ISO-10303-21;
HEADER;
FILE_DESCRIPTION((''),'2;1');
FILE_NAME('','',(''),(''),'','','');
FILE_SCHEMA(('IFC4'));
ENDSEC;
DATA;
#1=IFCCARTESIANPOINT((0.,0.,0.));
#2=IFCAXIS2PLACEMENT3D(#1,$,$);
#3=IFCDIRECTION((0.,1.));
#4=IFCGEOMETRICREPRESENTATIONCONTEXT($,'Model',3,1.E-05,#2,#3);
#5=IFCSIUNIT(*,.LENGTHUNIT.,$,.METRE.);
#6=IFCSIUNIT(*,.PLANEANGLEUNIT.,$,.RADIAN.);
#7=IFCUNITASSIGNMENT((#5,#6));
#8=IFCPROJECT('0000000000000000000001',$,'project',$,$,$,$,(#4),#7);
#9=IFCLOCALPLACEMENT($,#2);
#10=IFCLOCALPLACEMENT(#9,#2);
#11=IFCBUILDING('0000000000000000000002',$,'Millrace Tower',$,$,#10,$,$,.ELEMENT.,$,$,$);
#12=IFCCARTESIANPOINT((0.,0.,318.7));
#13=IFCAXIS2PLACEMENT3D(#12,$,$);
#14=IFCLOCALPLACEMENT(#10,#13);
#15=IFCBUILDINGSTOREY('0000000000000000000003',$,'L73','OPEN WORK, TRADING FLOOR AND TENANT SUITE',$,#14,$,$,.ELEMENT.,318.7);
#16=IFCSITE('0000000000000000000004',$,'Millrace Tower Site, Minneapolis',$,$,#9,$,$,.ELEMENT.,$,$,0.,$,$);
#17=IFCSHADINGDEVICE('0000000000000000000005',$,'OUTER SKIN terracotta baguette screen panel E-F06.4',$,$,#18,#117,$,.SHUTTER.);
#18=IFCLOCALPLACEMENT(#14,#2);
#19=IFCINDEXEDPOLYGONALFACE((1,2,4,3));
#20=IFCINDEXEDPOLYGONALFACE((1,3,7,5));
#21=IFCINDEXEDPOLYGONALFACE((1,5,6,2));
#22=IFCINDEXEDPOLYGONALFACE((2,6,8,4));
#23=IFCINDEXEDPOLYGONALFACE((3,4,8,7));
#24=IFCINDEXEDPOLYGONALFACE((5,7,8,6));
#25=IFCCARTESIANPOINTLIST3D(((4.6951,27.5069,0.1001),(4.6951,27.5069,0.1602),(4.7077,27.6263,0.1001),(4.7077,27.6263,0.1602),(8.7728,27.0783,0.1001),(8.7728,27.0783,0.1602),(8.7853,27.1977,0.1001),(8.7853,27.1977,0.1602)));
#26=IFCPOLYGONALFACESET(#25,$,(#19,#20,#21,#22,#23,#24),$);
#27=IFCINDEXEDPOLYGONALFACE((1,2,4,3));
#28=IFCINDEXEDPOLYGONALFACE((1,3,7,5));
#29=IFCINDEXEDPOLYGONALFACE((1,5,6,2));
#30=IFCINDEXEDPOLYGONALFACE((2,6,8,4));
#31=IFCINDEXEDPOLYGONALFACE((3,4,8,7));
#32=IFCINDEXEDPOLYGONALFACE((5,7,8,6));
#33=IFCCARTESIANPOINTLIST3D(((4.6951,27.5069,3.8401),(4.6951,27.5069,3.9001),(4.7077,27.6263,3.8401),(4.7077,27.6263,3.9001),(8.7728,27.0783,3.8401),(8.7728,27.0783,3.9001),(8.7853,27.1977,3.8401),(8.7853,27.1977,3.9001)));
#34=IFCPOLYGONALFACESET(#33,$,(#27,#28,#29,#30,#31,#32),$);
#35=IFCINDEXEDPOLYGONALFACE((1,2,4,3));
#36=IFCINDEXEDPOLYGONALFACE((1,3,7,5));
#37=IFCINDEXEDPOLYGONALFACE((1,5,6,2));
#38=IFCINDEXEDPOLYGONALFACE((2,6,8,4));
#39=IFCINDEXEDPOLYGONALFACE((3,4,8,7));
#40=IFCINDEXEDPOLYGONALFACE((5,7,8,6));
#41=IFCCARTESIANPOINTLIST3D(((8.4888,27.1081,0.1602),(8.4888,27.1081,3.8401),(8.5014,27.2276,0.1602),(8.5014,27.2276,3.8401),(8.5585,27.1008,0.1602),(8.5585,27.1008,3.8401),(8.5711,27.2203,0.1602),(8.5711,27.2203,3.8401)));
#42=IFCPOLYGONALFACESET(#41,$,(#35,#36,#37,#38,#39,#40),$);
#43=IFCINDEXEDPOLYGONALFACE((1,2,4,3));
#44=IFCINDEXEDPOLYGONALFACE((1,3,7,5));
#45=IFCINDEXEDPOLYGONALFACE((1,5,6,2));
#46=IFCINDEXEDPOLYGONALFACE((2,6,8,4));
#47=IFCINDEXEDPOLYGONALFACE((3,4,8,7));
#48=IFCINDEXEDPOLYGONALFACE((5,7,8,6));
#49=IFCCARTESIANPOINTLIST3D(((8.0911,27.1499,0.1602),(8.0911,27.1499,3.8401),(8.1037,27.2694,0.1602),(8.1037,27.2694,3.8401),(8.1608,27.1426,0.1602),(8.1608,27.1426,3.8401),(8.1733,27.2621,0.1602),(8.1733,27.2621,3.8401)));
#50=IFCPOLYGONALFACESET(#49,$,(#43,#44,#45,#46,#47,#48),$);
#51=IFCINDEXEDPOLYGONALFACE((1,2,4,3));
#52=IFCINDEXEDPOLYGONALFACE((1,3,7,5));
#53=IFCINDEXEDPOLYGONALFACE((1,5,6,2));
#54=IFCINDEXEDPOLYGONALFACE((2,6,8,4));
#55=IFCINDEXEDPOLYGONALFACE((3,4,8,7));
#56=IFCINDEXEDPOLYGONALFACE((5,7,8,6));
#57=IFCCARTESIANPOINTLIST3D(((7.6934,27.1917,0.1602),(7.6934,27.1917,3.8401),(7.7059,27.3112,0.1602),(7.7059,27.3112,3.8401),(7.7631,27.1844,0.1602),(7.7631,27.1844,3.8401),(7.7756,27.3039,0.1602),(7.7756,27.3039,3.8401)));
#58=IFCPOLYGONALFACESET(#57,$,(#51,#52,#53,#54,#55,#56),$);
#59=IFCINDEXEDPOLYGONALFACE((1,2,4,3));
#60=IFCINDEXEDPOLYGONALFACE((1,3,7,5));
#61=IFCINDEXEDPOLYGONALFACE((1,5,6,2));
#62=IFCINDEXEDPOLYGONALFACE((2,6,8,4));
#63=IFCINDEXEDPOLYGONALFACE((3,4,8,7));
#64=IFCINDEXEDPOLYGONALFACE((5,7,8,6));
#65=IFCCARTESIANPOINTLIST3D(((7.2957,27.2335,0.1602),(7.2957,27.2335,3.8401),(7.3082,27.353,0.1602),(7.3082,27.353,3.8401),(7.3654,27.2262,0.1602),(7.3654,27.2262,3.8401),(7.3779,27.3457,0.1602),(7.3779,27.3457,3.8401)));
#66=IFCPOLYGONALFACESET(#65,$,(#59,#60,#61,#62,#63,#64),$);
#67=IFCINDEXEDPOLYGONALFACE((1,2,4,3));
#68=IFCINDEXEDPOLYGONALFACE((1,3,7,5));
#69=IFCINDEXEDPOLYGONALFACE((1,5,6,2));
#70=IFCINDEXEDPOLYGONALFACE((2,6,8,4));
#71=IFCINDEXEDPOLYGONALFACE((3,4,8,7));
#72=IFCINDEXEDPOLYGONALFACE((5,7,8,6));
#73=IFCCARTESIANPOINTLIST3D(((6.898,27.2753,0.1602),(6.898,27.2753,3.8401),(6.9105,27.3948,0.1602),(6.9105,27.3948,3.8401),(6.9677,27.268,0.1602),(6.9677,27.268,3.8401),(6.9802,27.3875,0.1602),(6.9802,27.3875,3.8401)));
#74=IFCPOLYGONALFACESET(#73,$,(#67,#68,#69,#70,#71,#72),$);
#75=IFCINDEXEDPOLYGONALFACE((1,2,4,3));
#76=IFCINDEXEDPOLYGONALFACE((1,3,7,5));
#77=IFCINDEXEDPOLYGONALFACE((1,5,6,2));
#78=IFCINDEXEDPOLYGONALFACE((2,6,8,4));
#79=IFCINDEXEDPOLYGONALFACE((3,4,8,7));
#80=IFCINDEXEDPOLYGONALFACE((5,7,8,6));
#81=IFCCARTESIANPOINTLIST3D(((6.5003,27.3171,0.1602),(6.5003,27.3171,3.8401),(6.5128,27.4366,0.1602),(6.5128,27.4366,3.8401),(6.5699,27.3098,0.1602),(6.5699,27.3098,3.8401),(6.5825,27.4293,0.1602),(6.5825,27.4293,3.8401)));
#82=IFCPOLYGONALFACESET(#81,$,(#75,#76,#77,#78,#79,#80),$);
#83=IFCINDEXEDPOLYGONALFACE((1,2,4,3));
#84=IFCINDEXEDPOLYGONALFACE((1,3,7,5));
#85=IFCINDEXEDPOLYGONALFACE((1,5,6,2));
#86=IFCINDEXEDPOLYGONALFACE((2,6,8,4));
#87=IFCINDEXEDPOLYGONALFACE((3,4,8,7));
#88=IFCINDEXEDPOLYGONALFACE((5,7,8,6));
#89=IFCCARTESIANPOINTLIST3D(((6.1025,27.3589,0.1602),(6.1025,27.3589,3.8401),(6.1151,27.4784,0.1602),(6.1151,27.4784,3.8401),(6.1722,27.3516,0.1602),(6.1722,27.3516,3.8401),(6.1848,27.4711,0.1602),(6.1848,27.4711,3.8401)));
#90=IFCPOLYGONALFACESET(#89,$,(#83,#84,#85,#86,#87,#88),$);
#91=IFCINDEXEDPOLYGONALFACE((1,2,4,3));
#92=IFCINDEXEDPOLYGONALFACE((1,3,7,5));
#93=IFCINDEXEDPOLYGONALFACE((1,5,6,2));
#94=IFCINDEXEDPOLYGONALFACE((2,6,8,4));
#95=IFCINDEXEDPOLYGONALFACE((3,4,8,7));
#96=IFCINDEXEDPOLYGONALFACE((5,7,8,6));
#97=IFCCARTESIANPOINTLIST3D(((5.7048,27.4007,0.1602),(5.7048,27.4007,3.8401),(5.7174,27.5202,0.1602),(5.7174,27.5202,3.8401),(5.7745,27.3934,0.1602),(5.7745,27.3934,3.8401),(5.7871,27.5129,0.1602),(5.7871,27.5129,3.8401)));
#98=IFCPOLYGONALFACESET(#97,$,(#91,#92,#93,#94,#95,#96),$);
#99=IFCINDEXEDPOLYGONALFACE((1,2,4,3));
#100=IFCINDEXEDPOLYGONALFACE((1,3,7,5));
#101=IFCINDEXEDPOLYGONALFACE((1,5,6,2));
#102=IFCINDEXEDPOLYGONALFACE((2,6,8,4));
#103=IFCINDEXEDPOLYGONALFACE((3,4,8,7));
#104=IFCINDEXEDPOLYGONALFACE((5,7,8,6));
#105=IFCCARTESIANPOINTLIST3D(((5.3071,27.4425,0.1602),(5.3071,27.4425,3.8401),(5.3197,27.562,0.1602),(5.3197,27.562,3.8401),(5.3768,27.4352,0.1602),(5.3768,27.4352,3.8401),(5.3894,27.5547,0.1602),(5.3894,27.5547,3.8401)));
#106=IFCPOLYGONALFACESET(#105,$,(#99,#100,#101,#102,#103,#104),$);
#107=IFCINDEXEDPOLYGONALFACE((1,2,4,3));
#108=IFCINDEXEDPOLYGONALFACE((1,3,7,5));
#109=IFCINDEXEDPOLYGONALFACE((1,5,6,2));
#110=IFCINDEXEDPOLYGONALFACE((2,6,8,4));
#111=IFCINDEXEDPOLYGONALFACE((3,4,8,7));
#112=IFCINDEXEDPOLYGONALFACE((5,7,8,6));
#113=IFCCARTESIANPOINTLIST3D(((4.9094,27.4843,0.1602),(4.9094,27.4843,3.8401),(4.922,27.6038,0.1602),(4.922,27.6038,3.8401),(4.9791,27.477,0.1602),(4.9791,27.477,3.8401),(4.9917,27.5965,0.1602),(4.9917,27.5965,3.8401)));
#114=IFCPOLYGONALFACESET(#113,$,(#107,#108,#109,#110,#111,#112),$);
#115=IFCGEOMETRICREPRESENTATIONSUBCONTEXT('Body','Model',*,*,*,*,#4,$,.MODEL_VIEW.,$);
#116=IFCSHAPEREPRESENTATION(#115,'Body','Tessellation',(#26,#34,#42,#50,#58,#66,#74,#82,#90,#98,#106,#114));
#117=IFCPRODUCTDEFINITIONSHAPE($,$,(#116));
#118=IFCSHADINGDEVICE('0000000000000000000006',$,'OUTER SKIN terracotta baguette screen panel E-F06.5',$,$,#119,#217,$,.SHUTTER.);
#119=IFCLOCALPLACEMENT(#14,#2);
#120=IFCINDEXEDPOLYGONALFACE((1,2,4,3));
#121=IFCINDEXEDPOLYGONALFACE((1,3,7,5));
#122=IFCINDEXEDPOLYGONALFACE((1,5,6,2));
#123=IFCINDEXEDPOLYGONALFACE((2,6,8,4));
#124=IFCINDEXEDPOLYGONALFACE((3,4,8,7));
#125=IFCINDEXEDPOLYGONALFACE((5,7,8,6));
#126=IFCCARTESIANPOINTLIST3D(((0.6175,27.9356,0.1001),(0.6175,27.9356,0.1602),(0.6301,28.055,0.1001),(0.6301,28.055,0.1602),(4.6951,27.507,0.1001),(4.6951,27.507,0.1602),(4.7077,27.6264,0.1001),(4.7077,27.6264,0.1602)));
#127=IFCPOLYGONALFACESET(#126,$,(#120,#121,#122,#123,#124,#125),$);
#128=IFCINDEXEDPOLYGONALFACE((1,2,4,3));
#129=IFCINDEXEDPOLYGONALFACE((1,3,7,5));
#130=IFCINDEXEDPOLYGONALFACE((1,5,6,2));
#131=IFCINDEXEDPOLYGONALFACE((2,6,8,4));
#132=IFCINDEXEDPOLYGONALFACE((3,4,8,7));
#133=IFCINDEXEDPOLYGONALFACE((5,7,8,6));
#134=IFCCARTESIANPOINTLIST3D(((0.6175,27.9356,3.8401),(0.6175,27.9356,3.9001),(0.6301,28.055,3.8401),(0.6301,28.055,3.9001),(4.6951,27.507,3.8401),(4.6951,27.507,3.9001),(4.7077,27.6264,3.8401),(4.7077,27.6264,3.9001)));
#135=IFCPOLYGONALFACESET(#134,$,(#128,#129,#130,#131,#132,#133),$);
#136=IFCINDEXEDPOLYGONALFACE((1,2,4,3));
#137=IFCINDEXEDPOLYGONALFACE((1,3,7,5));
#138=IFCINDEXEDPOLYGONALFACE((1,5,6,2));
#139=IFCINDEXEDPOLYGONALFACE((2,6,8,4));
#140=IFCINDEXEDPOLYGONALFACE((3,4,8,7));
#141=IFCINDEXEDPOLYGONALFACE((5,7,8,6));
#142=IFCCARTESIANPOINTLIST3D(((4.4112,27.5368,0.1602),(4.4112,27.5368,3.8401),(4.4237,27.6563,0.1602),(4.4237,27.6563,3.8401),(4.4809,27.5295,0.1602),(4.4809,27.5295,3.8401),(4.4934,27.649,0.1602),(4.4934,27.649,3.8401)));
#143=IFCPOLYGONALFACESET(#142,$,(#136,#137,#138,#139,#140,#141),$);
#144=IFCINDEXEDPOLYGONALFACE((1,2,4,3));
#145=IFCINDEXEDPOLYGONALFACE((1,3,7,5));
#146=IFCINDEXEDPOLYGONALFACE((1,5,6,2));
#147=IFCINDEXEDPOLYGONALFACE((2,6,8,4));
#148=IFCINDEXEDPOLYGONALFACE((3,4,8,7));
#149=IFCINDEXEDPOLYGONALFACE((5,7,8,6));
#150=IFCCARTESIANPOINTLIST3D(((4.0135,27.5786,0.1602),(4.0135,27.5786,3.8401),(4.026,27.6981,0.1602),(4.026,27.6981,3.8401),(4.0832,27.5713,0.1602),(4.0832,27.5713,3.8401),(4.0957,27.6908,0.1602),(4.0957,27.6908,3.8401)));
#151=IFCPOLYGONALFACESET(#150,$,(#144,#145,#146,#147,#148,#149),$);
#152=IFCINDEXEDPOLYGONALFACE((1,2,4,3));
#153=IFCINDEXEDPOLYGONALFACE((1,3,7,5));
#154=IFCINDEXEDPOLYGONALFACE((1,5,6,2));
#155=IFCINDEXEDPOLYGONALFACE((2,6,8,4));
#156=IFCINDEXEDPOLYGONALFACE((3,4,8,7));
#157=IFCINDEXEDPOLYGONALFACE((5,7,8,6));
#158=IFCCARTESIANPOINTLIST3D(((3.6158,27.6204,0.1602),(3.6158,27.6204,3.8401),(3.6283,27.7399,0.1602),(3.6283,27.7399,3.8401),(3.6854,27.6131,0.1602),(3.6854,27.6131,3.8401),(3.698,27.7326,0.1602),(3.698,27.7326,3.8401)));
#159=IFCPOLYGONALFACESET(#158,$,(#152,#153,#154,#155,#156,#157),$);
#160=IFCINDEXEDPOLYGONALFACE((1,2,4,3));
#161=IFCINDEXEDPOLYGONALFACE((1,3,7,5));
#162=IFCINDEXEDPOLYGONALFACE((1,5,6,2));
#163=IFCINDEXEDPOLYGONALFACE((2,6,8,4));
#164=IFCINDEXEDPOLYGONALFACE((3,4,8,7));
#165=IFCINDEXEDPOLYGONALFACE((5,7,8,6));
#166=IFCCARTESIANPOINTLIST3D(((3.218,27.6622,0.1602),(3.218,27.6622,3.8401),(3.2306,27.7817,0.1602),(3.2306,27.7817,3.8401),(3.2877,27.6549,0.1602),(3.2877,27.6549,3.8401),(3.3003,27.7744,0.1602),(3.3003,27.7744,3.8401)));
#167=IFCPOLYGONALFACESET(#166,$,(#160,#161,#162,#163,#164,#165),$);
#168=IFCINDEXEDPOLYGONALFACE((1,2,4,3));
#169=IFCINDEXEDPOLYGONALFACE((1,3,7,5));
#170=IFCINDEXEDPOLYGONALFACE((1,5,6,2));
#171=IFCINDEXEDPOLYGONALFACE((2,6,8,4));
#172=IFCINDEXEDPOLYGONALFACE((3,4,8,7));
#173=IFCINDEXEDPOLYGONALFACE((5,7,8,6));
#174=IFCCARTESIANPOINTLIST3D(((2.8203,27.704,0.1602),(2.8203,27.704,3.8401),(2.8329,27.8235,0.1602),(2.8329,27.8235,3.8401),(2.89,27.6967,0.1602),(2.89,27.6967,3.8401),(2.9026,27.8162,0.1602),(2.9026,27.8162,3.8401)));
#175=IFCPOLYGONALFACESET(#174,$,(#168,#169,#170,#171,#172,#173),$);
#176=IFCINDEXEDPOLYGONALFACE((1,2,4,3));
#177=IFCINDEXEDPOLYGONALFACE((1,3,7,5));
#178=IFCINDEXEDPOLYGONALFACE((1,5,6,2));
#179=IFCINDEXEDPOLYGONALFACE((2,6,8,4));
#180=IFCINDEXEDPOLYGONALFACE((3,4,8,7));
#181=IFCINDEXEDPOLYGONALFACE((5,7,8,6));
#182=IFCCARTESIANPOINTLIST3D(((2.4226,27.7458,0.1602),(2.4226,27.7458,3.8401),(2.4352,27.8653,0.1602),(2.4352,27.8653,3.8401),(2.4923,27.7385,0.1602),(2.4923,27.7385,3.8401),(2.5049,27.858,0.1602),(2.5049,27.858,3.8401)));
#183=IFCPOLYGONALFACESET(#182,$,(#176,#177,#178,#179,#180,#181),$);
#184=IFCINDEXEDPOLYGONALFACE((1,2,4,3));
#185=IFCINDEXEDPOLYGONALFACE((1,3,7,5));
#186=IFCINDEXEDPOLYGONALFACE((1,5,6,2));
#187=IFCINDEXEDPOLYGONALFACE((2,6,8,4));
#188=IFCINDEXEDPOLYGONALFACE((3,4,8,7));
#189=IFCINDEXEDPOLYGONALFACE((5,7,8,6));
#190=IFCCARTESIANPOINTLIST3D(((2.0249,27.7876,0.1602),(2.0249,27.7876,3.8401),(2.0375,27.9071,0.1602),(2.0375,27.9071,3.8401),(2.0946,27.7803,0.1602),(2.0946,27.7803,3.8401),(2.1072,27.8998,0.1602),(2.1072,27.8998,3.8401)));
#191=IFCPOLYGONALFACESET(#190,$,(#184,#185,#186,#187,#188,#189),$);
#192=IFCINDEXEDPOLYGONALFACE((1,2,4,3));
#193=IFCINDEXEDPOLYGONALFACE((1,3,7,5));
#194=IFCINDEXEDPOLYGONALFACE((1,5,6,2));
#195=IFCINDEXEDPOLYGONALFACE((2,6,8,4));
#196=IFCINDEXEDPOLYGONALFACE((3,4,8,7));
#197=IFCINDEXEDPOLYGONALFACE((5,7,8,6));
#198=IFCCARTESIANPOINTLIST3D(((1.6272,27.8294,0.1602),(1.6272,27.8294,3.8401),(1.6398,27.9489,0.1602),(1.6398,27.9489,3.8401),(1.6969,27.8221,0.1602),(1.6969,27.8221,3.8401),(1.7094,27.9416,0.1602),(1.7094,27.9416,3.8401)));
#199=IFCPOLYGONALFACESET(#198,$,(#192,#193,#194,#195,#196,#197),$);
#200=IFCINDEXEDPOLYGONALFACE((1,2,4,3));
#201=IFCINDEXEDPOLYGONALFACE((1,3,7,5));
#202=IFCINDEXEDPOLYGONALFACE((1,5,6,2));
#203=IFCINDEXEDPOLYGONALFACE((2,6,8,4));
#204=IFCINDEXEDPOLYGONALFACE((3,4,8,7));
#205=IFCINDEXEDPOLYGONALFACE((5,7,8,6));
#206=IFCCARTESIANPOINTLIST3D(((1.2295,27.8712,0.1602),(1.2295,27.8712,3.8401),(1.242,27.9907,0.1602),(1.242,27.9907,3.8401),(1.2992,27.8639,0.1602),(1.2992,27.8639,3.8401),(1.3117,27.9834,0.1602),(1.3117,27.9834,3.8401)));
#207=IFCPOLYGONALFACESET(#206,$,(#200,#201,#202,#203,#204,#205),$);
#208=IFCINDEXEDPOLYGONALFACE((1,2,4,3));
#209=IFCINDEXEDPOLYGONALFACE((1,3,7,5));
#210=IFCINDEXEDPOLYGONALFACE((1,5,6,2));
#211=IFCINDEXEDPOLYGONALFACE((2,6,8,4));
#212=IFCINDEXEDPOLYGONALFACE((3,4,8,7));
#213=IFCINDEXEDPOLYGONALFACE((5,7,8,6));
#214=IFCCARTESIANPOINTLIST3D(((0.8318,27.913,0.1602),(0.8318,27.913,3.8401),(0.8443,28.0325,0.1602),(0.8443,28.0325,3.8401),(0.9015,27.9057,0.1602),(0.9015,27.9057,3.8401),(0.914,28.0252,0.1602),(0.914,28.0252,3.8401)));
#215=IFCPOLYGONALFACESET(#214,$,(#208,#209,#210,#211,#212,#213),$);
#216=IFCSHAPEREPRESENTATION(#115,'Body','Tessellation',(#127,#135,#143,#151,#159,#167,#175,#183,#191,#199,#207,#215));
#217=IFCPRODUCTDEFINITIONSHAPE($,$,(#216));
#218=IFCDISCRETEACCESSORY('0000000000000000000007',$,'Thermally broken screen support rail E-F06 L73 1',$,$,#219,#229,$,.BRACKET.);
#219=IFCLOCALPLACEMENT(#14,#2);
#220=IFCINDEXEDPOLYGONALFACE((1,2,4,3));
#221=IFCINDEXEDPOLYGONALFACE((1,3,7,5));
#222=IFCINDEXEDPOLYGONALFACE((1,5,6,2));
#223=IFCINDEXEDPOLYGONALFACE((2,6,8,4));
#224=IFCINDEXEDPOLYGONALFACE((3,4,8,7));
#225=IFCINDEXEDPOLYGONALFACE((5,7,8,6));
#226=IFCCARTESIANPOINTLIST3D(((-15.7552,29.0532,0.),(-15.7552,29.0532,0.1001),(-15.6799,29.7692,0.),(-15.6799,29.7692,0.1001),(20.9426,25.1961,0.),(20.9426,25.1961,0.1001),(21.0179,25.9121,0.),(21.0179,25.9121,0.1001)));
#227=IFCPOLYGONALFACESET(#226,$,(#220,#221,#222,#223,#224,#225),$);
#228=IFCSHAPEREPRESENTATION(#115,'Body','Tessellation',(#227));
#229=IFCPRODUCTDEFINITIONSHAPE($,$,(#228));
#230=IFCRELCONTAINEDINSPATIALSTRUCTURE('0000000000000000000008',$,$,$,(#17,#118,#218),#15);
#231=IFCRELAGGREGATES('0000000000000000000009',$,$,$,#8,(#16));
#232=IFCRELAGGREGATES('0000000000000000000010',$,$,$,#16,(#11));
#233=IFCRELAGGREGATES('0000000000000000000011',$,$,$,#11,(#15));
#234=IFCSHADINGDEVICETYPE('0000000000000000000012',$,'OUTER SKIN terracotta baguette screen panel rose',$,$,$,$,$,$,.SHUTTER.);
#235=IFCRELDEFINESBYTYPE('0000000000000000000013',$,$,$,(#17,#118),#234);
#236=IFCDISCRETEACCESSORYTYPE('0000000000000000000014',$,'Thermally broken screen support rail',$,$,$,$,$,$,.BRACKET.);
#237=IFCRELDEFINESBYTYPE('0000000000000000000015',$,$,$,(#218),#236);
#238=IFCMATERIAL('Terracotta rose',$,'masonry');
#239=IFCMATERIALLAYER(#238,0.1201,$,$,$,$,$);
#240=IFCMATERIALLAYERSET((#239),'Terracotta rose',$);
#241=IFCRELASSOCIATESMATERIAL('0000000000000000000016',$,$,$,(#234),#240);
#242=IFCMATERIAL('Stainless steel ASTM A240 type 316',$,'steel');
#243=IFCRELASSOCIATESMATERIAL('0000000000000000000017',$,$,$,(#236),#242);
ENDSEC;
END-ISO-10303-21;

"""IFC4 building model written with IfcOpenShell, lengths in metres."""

from ifc_helpers import new_model, entity, si_unit, direction, frame, frame_2d, origin, origin_2d, place, context, subcontext, project, spatial, rectangle, extrude, source, transform, mapped, material, layer, layer_set, type_object, element, save


model = new_model("IFC4")

# Units and contexts
model_context = context("Model", 3, precision=1e-05, world=origin(), true_north=direction((0.0, 1.0)))
body_context = subcontext(model_context, "Body", "Model", "MODEL_VIEW")
ifc_project = project(units=[si_unit("LENGTHUNIT", "METRE"), si_unit("PLANEANGLEUNIT", "RADIAN")], contexts=[model_context])

# Site, building, storey
site_placement = place(None, origin())
site = spatial("IfcSite", under=ifc_project, at=site_placement, Name="Millrace Tower Site, Minneapolis", CompositionType="ELEMENT", RefElevation=0.0)
building_placement = place(site_placement, origin())
building = spatial("IfcBuilding", under=site, at=building_placement, Name="Millrace Tower", CompositionType="ELEMENT")
storey_placement = place(building_placement, frame((0.0, 0.0, 318.7)))
storey = spatial("IfcBuildingStorey", under=building, at=storey_placement, Name="L73", Description="OPEN WORK, TRADING FLOOR AND TENANT SUITE", CompositionType="ELEMENT", Elevation=318.7)

# Shading devices
ifc_material_1 = material(Name="Terracotta rose", Category="masonry")
ifc_layer_1 = layer(ifc_material_1, 0.1201)
ifc_layer_set_1 = layer_set([ifc_layer_1], Name="Terracotta rose")
shading_device_type = type_object("IfcShadingDeviceType", Name="OUTER SKIN terracotta baguette screen panel rose", PredefinedType="SHUTTER", material=ifc_layer_set_1)
cartesian_point = entity("IfcCartesianPoint", [-2.05, 0.0601])
shared_polyline = entity("IfcPolyline", [cartesian_point, entity("IfcCartesianPoint", [2.05, 0.0601]), entity("IfcCartesianPoint", [2.05, -0.0601]), entity("IfcCartesianPoint", [-2.05, -0.0601]), cartesian_point])
shared_shape = source(origin(), body_context, "Body", "SweptSolid", [
    entity("IfcExtrudedAreaSolid", entity("IfcArbitraryClosedProfileDef", "AREA", None, shared_polyline), entity("IfcAxis2Placement3D", entity("IfcCartesianPoint", [0.0, 0.0, 0.0])), entity("IfcDirection", [0.0, 0.0, 1.0]), 0.0601),
    entity("IfcExtrudedAreaSolid", entity("IfcArbitraryClosedProfileDef", "AREA", None, shared_polyline), entity("IfcAxis2Placement3D", entity("IfcCartesianPoint", [0.0, 0.0, 3.74])), entity("IfcDirection", [0.0, 0.0, 1.0]), 0.0601),
    extrude(rectangle(XDim=0.0701, YDim=0.1201, at=frame_2d((-1.7996, 0.0))), frame((0.0, 0.0, 0.0601)), (0.0, 0.0, 1.0), 3.6799),
    extrude(rectangle(XDim=0.0701, YDim=0.1201, at=frame_2d((-1.3997, 0.0))), frame((0.0, 0.0, 0.0601)), (0.0, 0.0, 1.0), 3.6799),
    extrude(rectangle(XDim=0.0701, YDim=0.1201, at=frame_2d((-0.9998, 0.0))), frame((0.0, 0.0, 0.0601)), (0.0, 0.0, 1.0), 3.6799),
    extrude(rectangle(XDim=0.0701, YDim=0.1201, at=frame_2d((-0.5999, 0.0))), frame((0.0, 0.0, 0.0601)), (0.0, 0.0, 1.0), 3.6799),
    extrude(rectangle(XDim=0.0701, YDim=0.1201, at=frame_2d((-0.2, 0.0))), frame((0.0, 0.0, 0.0601)), (0.0, 0.0, 1.0), 3.6799),
    extrude(rectangle(XDim=0.0701, YDim=0.1201, at=frame_2d((0.2, 0.0))), frame((0.0, 0.0, 0.0601)), (0.0, 0.0, 1.0), 3.6799),
    extrude(rectangle(XDim=0.0701, YDim=0.1201, at=frame_2d((0.5999, 0.0))), frame((0.0, 0.0, 0.0601)), (0.0, 0.0, 1.0), 3.6799),
    extrude(rectangle(XDim=0.0701, YDim=0.1201, at=frame_2d((0.9998, 0.0))), frame((0.0, 0.0, 0.0601)), (0.0, 0.0, 1.0), 3.6799),
    extrude(rectangle(XDim=0.0701, YDim=0.1201, at=frame_2d((1.3997, 0.0))), frame((0.0, 0.0, 0.0601)), (0.0, 0.0, 1.0), 3.6799),
    extrude(rectangle(XDim=0.0701, YDim=0.1201, at=frame_2d((1.7996, 0.0))), frame((0.0, 0.0, 0.0601)), (0.0, 0.0, 1.0), 3.6799),
])
for number, where, z_axis, x_axis, name in (
    (1, (6.7402, 27.3523, 0.1001), (0.0, 0.0, 1.0), (-0.994522, 0.104528, 0.0), "OUTER SKIN terracotta baguette screen panel E-F06.4"),
    (2, (2.6626, 27.781, 0.1001), (0.0, 0.0, 1.0), (-0.994522, 0.104528, 0.0), "OUTER SKIN terracotta baguette screen panel E-F06.5"),
):
    element("IfcShadingDevice", number, at=place(storey_placement, frame(where, z_axis=z_axis, x_axis=x_axis)), inside=storey, type_object=shading_device_type, Name=name, PredefinedType="SHUTTER", context=body_context, shape_type="MappedRepresentation", body=[
        mapped(shared_shape, transform((0.0, 0.0, 0.0), scale=1.0)),
    ])

# Discrete accessory
ifc_material_2 = material(Name="Stainless steel ASTM A240 type 316", Category="steel")
discrete_accessory_type = type_object("IfcDiscreteAccessoryType", Name="Thermally broken screen support rail", PredefinedType="BRACKET", material=ifc_material_2)
discrete_accessory_placement = place(storey_placement, frame((2.6313, 27.4827, 0.0), z_axis=(0.0, 0.0, 1.0), x_axis=(-0.994522, 0.104528, 0.0)))
element("IfcDiscreteAccessory", 3, at=discrete_accessory_placement, inside=storey, type_object=discrete_accessory_type, Name="Thermally broken screen support rail E-F06 L73 1", PredefinedType="BRACKET", context=body_context, shape_type="SweptSolid", body=[
    extrude(rectangle(XDim=36.8999, YDim=0.72, at=origin_2d()), origin(), (0.0, 0.0, 1.0), 0.1001),
])

save(model, "model.ifc")
